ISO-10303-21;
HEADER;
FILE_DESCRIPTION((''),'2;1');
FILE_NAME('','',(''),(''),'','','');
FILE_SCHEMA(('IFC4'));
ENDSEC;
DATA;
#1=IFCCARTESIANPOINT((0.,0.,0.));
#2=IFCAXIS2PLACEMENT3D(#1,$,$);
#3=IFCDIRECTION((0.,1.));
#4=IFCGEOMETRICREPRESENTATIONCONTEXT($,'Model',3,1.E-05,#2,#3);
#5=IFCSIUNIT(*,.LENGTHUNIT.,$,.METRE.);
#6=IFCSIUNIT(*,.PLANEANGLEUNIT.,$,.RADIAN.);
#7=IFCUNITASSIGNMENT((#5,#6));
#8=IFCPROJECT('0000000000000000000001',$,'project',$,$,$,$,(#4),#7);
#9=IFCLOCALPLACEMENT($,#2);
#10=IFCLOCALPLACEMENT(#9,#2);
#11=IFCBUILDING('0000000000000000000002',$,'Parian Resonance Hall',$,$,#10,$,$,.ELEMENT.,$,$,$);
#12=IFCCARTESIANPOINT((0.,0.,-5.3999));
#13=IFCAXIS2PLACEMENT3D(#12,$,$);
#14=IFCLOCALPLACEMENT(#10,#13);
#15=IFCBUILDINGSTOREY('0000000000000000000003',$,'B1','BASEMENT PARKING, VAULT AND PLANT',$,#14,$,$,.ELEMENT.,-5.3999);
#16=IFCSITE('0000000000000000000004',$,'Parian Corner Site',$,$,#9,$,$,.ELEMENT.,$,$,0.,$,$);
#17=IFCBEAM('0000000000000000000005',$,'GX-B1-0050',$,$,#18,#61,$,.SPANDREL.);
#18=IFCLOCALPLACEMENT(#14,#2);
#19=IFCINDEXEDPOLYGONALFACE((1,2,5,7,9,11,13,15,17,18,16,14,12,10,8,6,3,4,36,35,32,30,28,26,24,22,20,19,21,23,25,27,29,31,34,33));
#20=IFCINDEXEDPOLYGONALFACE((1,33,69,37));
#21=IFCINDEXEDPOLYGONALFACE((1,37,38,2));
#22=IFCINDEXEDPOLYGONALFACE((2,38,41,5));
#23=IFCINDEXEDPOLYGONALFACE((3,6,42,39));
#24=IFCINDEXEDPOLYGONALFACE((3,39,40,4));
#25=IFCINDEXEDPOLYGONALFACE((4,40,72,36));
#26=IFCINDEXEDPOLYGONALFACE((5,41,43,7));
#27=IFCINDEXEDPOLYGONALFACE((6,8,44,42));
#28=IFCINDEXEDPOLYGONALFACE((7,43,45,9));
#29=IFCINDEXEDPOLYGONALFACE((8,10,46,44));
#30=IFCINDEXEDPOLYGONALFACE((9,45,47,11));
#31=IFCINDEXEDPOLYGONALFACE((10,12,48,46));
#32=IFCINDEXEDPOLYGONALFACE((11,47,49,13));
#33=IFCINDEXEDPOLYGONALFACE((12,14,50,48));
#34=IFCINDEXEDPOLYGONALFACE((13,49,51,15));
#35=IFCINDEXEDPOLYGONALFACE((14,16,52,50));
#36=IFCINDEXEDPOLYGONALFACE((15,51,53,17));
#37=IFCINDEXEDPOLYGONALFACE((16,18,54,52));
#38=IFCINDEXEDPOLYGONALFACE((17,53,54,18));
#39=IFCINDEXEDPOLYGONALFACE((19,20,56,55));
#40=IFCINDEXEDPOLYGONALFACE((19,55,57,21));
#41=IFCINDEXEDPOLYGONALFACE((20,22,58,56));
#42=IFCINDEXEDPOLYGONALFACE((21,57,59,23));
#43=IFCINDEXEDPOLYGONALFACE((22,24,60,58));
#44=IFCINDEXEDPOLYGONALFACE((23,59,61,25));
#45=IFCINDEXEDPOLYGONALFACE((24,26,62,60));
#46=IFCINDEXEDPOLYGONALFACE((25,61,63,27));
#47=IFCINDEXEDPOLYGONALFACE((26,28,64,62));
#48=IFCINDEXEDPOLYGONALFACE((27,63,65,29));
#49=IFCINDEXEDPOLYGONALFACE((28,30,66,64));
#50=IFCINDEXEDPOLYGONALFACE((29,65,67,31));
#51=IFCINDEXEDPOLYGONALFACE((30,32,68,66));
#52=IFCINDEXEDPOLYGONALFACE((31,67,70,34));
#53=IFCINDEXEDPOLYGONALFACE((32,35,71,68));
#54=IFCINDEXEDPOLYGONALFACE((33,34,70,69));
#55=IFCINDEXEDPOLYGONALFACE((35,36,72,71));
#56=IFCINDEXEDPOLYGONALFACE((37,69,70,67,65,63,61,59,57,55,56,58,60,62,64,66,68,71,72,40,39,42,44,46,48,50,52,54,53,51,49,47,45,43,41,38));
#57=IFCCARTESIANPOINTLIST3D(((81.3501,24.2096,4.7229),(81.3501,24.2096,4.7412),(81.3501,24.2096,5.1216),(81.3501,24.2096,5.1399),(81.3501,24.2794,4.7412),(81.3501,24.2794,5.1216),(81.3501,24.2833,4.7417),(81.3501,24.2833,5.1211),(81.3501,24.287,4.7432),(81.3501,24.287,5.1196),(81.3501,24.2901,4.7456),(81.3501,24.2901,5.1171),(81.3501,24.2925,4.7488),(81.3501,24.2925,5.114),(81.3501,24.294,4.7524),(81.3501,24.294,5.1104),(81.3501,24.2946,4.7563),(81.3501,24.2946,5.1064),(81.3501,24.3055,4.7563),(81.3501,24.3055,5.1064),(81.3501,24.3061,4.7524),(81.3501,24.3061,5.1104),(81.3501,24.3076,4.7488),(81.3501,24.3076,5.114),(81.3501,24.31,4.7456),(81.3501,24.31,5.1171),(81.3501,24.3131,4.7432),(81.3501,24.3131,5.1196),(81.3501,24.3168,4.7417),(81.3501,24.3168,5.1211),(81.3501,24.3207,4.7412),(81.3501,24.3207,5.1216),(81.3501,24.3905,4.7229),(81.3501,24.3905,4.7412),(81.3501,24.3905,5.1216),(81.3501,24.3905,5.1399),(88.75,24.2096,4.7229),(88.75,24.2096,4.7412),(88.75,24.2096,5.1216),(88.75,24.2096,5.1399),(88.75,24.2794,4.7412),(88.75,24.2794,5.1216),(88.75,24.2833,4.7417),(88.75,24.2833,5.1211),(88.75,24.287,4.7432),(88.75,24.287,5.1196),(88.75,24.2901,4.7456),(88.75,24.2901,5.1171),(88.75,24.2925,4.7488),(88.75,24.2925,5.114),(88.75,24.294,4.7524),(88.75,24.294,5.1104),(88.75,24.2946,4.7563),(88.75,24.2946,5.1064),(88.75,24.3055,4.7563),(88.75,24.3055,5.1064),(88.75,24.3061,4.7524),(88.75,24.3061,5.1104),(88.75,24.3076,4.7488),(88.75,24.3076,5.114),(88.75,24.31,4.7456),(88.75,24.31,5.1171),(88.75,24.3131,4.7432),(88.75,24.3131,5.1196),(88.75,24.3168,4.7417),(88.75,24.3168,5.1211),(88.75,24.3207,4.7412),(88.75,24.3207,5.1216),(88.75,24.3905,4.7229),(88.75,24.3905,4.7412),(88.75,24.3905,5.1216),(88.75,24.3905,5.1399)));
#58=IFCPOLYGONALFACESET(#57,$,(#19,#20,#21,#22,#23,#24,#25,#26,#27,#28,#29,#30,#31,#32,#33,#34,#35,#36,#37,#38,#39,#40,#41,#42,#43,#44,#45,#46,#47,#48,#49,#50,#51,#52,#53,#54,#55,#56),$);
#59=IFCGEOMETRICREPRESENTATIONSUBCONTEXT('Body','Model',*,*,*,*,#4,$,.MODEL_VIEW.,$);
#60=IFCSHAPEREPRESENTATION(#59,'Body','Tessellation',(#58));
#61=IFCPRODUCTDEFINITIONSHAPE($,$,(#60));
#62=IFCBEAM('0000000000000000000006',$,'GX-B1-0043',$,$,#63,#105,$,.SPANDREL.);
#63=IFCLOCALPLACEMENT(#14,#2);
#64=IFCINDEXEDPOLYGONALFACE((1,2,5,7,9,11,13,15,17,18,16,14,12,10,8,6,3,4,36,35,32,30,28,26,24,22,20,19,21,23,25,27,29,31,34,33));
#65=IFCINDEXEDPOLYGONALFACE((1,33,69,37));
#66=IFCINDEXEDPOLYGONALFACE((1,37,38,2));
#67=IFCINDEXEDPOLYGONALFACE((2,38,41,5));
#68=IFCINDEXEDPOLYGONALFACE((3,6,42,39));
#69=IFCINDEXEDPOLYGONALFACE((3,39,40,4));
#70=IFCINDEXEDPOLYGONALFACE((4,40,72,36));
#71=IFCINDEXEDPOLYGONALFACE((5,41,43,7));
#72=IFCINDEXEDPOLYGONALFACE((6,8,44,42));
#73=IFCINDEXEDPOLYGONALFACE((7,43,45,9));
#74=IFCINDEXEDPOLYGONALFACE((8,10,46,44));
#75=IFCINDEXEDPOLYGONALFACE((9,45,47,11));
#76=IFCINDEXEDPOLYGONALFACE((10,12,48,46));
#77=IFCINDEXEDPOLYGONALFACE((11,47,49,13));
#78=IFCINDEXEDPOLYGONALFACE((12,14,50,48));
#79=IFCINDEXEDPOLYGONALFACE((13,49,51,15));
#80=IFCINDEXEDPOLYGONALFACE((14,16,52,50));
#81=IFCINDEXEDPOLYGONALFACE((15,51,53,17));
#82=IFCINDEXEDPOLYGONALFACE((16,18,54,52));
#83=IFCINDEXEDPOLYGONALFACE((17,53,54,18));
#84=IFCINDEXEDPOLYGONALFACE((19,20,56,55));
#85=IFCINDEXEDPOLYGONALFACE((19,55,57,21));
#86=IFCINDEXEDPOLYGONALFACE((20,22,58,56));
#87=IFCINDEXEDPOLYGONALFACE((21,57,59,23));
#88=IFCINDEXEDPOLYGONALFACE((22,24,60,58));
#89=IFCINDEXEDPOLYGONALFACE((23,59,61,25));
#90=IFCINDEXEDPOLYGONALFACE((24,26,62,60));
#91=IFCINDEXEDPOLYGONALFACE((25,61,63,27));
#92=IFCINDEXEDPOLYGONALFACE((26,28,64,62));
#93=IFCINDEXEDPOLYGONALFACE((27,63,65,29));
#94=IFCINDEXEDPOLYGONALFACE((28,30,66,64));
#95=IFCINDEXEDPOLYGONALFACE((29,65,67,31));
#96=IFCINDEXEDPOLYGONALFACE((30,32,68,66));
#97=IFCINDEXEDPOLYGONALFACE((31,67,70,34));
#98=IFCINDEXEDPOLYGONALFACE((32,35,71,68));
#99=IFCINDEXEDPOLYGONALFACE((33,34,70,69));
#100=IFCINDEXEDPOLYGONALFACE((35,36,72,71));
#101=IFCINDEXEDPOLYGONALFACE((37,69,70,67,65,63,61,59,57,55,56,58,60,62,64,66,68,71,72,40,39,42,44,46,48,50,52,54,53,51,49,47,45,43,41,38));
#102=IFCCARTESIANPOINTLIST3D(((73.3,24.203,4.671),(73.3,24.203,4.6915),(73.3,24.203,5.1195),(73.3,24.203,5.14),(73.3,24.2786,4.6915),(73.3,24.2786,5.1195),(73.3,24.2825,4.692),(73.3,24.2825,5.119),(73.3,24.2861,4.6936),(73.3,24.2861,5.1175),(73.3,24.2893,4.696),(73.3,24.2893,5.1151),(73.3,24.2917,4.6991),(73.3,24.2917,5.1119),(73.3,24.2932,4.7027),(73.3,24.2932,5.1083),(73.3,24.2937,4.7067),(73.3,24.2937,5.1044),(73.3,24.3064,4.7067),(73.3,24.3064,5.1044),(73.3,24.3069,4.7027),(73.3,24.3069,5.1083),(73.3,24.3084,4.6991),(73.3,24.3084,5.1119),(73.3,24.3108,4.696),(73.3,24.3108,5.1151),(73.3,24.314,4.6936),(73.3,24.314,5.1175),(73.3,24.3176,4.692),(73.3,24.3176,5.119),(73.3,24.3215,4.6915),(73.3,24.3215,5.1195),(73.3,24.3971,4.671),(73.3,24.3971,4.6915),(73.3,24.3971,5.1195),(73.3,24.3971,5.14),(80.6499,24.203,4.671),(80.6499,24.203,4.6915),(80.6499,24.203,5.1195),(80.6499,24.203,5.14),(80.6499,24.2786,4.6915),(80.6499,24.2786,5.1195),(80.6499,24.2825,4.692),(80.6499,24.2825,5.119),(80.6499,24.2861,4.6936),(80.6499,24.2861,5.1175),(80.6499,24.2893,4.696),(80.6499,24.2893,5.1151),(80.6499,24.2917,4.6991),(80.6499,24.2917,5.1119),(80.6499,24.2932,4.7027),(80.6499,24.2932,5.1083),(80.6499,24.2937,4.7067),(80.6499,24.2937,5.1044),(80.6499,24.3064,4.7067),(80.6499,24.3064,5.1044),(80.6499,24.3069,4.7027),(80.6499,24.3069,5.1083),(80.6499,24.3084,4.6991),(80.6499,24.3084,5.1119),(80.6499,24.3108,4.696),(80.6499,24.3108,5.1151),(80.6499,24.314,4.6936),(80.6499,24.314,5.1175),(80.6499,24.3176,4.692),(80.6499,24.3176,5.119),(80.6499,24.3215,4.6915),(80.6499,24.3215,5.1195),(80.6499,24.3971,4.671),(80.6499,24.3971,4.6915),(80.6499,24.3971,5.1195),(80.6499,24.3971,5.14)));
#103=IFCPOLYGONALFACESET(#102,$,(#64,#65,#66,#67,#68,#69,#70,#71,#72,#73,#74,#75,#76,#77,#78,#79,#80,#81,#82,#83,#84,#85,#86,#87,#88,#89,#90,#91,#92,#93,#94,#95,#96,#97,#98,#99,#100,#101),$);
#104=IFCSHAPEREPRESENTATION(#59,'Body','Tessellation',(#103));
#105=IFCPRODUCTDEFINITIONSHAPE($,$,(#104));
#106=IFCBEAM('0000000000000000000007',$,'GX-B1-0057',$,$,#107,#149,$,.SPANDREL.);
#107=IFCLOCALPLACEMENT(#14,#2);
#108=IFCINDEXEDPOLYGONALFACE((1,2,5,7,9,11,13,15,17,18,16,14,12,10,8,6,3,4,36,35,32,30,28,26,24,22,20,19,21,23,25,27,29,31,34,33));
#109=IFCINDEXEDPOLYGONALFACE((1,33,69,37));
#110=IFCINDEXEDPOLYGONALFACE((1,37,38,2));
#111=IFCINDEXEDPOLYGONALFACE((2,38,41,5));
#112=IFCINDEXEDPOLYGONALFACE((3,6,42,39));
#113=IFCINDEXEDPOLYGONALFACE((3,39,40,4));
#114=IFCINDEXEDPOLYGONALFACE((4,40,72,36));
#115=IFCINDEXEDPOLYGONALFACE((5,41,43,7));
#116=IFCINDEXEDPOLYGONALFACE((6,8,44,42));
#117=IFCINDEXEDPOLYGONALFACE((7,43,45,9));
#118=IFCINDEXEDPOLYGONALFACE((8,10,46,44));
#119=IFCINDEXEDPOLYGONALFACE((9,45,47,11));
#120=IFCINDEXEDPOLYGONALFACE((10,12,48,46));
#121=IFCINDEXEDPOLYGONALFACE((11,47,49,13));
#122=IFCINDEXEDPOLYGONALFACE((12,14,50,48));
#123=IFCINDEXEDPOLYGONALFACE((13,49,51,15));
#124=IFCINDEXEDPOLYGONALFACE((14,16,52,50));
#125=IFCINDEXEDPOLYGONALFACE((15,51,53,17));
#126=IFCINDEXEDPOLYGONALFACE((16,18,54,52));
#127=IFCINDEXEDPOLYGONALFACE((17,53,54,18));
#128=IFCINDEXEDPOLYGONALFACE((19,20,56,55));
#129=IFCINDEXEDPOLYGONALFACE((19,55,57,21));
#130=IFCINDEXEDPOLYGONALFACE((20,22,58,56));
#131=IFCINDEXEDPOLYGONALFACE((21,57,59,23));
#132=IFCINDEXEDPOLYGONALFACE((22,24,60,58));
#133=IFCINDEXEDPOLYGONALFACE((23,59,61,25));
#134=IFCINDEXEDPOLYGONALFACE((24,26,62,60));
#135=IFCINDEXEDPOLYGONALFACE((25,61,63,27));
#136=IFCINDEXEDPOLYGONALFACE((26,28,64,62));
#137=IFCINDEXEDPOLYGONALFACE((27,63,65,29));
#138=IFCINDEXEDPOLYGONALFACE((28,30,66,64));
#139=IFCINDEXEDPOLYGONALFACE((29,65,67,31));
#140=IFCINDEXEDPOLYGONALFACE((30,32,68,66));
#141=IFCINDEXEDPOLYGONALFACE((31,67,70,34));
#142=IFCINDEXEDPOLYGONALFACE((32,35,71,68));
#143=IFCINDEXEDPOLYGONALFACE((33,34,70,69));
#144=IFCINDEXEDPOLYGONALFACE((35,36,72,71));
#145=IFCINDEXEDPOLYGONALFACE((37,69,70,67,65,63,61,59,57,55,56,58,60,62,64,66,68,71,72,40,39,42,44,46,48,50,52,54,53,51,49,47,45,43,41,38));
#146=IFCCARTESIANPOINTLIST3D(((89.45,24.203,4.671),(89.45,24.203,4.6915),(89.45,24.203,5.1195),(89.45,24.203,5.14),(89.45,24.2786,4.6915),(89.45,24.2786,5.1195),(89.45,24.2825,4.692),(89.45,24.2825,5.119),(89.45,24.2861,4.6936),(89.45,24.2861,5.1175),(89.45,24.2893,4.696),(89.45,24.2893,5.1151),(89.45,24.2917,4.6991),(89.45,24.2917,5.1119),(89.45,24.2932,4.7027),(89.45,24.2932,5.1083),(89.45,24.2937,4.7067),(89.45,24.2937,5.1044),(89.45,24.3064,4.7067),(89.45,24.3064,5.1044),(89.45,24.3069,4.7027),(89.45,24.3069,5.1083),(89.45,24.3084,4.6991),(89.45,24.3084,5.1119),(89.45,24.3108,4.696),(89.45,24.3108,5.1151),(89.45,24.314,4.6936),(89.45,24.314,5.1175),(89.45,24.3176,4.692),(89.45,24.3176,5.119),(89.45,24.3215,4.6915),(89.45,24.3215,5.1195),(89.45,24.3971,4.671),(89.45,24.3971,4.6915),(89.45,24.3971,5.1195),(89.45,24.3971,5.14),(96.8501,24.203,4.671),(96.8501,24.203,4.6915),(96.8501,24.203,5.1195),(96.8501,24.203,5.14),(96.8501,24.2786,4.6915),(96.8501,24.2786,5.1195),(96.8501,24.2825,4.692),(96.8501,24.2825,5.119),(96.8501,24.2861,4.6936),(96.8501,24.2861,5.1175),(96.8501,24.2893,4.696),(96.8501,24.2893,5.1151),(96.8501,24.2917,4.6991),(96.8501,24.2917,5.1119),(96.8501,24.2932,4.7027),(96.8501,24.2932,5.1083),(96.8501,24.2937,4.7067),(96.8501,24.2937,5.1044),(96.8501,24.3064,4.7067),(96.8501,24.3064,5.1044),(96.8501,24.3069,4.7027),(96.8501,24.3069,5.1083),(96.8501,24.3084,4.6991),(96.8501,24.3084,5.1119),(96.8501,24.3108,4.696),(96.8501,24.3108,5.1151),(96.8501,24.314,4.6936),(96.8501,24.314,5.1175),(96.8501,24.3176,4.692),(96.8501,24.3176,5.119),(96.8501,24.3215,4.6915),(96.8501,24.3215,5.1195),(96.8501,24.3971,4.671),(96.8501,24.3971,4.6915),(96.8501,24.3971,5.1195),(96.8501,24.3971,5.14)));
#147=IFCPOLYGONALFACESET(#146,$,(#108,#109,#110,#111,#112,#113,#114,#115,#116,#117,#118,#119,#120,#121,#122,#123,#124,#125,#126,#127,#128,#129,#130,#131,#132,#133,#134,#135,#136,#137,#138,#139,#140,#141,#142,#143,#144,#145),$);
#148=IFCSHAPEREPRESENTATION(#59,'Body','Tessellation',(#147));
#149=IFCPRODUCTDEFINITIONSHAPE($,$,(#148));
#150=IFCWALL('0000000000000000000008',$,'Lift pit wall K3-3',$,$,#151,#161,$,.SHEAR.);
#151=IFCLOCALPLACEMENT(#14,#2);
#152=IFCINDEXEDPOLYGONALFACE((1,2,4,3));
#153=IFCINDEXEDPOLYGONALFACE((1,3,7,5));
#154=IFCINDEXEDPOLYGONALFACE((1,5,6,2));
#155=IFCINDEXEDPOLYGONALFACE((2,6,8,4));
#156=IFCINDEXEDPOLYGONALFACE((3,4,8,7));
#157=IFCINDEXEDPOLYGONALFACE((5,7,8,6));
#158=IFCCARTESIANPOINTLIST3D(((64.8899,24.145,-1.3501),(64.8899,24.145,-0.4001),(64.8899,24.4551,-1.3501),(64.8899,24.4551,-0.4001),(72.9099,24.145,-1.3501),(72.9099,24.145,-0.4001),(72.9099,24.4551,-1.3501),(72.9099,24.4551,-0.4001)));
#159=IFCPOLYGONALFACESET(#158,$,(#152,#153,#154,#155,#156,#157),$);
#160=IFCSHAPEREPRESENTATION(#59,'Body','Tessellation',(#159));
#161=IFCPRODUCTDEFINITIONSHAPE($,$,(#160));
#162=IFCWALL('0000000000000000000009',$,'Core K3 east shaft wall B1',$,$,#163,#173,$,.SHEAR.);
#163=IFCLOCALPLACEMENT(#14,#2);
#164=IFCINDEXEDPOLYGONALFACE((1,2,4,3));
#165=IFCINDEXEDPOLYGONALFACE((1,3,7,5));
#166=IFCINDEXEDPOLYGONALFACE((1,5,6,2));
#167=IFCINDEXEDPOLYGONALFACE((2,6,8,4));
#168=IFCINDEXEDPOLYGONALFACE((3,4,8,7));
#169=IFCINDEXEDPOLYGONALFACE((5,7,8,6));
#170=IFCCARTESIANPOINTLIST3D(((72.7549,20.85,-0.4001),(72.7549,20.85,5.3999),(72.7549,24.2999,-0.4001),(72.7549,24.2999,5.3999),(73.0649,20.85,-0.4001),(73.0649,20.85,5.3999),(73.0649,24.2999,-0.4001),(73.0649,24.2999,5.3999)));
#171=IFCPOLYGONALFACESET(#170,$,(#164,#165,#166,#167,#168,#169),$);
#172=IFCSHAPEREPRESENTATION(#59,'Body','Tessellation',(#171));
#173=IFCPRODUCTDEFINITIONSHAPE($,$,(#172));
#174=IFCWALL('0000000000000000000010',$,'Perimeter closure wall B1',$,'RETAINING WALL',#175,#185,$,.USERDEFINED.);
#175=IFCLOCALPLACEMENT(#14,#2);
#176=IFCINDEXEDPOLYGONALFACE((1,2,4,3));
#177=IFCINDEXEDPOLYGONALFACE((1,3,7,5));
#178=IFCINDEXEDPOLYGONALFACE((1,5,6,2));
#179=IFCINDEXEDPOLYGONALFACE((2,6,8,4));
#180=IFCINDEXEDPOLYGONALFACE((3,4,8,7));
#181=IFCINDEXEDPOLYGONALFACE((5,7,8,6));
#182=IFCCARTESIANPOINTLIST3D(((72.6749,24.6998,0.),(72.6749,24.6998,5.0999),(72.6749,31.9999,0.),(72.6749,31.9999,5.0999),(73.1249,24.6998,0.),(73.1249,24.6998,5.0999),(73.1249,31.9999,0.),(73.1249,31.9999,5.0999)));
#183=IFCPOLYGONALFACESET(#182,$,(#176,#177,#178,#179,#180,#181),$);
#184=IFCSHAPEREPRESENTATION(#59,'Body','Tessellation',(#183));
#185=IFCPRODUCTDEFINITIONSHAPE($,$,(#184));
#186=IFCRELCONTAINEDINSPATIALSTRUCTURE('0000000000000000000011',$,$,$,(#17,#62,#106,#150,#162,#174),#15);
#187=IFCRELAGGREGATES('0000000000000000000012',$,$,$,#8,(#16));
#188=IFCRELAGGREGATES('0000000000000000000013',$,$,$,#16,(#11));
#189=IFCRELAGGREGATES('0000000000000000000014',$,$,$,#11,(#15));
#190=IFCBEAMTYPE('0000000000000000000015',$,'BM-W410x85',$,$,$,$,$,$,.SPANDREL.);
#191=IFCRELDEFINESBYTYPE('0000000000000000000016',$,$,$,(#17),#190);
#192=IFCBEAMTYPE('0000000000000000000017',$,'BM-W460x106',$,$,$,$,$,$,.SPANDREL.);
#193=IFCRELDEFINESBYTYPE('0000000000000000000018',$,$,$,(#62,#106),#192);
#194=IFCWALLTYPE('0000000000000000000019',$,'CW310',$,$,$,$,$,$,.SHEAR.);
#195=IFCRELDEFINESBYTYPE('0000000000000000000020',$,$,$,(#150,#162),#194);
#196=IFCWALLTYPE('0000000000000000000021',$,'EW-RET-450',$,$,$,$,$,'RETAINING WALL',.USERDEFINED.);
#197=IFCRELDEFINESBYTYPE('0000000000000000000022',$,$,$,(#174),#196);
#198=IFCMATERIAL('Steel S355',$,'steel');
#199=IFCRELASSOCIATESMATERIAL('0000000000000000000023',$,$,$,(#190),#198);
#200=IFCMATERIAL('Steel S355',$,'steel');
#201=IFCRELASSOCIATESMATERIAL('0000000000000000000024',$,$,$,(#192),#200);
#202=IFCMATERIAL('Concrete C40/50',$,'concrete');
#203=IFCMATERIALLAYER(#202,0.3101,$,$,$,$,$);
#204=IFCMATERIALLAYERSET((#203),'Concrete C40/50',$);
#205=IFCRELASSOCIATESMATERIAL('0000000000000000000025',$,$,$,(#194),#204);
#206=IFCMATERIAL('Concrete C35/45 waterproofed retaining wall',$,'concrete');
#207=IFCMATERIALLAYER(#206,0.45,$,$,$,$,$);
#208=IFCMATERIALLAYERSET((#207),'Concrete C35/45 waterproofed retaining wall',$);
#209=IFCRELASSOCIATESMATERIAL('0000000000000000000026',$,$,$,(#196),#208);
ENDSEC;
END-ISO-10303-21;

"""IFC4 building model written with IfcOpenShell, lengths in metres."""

from ifc_helpers import new_model, si_unit, direction, frame, frame_2d, origin, origin_2d, place, context, subcontext, project, spatial, rectangle, i_section, extrude, material, layer, layer_set, material_profile, profile_set, type_object, element, save


model = new_model("IFC4")

# Units and contexts
model_context = context("Model", 3, precision=1e-05, world=origin(), true_north=direction((0.0, 1.0)))
body_context = subcontext(model_context, "Body", "Model", "MODEL_VIEW")
ifc_project = project(units=[si_unit("LENGTHUNIT", "METRE"), si_unit("PLANEANGLEUNIT", "RADIAN")], contexts=[model_context])

# Site, building, storey
site_placement = place(None, origin())
site = spatial("IfcSite", under=ifc_project, at=site_placement, Name="Parian Corner Site", CompositionType="ELEMENT", RefElevation=0.0)
building_placement = place(site_placement, origin())
building = spatial("IfcBuilding", under=site, at=building_placement, Name="Parian Resonance Hall", CompositionType="ELEMENT")
storey_placement = place(building_placement, frame((0.0, 0.0, -5.3999)))
storey = spatial("IfcBuildingStorey", under=building, at=storey_placement, Name="B1", Description="BASEMENT PARKING, VAULT AND PLANT", CompositionType="ELEMENT", Elevation=-5.3999)

# Beams
ifc_material_1 = material(Name="Steel S355", Category="steel")
ifc_material_profile_1 = material_profile(ifc_material_1, i_section(OverallWidth=0.1809, OverallDepth=0.417, WebThickness=0.011, FlangeThickness=0.0183, FilletRadius=0.0151, at=origin_2d()), Name="W410x85")
ifc_profile_set_1 = profile_set([ifc_material_profile_1], Name="Steel S355")
beam_type_1 = type_object("IfcBeamType", Name="BM-W410x85", PredefinedType="SPANDREL", material=ifc_profile_set_1)
beam_1_placement = place(storey_placement, frame((81.3501, 24.3, 4.9314), z_axis=(1.0, 0.0, 0.0), x_axis=(0.0, 1.0, 0.0)))
element("IfcBeam", 1, at=beam_1_placement, inside=storey, type_object=beam_type_1, Name="GX-B1-0050", PredefinedType="SPANDREL", context=body_context, shape_type="SweptSolid", body=[
    extrude(i_section(OverallWidth=0.1809, OverallDepth=0.417, WebThickness=0.011, FlangeThickness=0.0183, FilletRadius=0.0151, at=origin_2d()), origin(), (0.0, 0.0, 1.0), 7.3999),
])
ifc_material_2 = material(Name="Steel S355", Category="steel")
ifc_material_profile_2 = material_profile(ifc_material_2, i_section(OverallWidth=0.1941, OverallDepth=0.469, WebThickness=0.0127, FlangeThickness=0.0205, FilletRadius=0.0151, at=origin_2d()), Name="W460x106")
ifc_profile_set_2 = profile_set([ifc_material_profile_2], Name="Steel S355")
beam_type_2 = type_object("IfcBeamType", Name="BM-W460x106", PredefinedType="SPANDREL", material=ifc_profile_set_2)
beam_2_placement = place(storey_placement, frame((73.3, 24.3, 4.9055), z_axis=(1.0, 0.0, 0.0), x_axis=(0.0, 1.0, 0.0)))
element("IfcBeam", 2, at=beam_2_placement, inside=storey, type_object=beam_type_2, Name="GX-B1-0043", PredefinedType="SPANDREL", context=body_context, shape_type="SweptSolid", body=[
    extrude(i_section(OverallWidth=0.1941, OverallDepth=0.469, WebThickness=0.0127, FlangeThickness=0.0205, FilletRadius=0.0151, at=origin_2d()), origin(), (0.0, 0.0, 1.0), 7.3499),
])
beam_3_placement = place(storey_placement, frame((89.45, 24.3, 4.9055), z_axis=(1.0, 0.0, 0.0), x_axis=(0.0, 1.0, 0.0)))
element("IfcBeam", 3, at=beam_3_placement, inside=storey, type_object=beam_type_2, Name="GX-B1-0057", PredefinedType="SPANDREL", context=body_context, shape_type="SweptSolid", body=[
    extrude(i_section(OverallWidth=0.1941, OverallDepth=0.469, WebThickness=0.0127, FlangeThickness=0.0205, FilletRadius=0.0151, at=origin_2d()), origin(), (0.0, 0.0, 1.0), 7.4001),
])

# Walls
ifc_material_3 = material(Name="Concrete C40/50", Category="concrete")
ifc_layer_1 = layer(ifc_material_3, 0.3101)
ifc_layer_set_1 = layer_set([ifc_layer_1], Name="Concrete C40/50")
wall_type_1 = type_object("IfcWallType", Name="CW310", PredefinedType="SHEAR", material=ifc_layer_set_1)
wall_1_placement = place(storey_placement, frame((72.9099, 24.3, -1.3501), z_axis=(0.0, 0.0, 1.0), x_axis=(-1.0, 0.0, 0.0)))
element("IfcWall", 4, at=wall_1_placement, inside=storey, type_object=wall_type_1, Name="Lift pit wall K3-3", PredefinedType="SHEAR", context=body_context, shape_type="SweptSolid", body=[
    extrude(rectangle(XDim=8.02, YDim=0.3101, at=frame_2d((4.01, 0.0))), origin(), (0.0, 0.0, 1.0), 0.95),
])
wall_2_placement = place(storey_placement, frame((72.9099, 24.3, -0.4001), z_axis=(0.0, 0.0, 1.0), x_axis=(0.0, -1.0, 0.0)))
element("IfcWall", 5, at=wall_2_placement, inside=storey, type_object=wall_type_1, Name="Core K3 east shaft wall B1", PredefinedType="SHEAR", context=body_context, shape_type="SweptSolid", body=[
    extrude(rectangle(XDim=3.45, YDim=0.3101, at=frame_2d((1.7251, 0.0))), origin(), (0.0, 0.0, 1.0), 5.8),
])
ifc_material_4 = material(Name="Concrete C35/45 waterproofed retaining wall", Category="concrete")
ifc_layer_2 = layer(ifc_material_4, 0.45)
ifc_layer_set_2 = layer_set([ifc_layer_2], Name="Concrete C35/45 waterproofed retaining wall")
wall_type_2 = type_object("IfcWallType", Name="EW-RET-450", ElementType="RETAINING WALL", PredefinedType="USERDEFINED", material=ifc_layer_set_2)
for number, where, z_axis, x_axis, name in (
    (6, (72.8999, 24.7, 0.0), (0.0, 0.0, 1.0), (0.0, 1.0, 0.0), "Perimeter closure wall B1"),
):
    element("IfcWall", number, at=place(storey_placement, frame(where, z_axis=z_axis, x_axis=x_axis)), inside=storey, type_object=wall_type_2, Name=name, ObjectType="RETAINING WALL", PredefinedType="USERDEFINED", context=body_context, shape_type="SweptSolid", body=[
        extrude(rectangle(XDim=7.3, YDim=0.45, at=frame_2d((3.6499, 0.0))), origin(), (0.0, 0.0, 1.0), 5.0999),
    ])

save(model, "model.ifc")
